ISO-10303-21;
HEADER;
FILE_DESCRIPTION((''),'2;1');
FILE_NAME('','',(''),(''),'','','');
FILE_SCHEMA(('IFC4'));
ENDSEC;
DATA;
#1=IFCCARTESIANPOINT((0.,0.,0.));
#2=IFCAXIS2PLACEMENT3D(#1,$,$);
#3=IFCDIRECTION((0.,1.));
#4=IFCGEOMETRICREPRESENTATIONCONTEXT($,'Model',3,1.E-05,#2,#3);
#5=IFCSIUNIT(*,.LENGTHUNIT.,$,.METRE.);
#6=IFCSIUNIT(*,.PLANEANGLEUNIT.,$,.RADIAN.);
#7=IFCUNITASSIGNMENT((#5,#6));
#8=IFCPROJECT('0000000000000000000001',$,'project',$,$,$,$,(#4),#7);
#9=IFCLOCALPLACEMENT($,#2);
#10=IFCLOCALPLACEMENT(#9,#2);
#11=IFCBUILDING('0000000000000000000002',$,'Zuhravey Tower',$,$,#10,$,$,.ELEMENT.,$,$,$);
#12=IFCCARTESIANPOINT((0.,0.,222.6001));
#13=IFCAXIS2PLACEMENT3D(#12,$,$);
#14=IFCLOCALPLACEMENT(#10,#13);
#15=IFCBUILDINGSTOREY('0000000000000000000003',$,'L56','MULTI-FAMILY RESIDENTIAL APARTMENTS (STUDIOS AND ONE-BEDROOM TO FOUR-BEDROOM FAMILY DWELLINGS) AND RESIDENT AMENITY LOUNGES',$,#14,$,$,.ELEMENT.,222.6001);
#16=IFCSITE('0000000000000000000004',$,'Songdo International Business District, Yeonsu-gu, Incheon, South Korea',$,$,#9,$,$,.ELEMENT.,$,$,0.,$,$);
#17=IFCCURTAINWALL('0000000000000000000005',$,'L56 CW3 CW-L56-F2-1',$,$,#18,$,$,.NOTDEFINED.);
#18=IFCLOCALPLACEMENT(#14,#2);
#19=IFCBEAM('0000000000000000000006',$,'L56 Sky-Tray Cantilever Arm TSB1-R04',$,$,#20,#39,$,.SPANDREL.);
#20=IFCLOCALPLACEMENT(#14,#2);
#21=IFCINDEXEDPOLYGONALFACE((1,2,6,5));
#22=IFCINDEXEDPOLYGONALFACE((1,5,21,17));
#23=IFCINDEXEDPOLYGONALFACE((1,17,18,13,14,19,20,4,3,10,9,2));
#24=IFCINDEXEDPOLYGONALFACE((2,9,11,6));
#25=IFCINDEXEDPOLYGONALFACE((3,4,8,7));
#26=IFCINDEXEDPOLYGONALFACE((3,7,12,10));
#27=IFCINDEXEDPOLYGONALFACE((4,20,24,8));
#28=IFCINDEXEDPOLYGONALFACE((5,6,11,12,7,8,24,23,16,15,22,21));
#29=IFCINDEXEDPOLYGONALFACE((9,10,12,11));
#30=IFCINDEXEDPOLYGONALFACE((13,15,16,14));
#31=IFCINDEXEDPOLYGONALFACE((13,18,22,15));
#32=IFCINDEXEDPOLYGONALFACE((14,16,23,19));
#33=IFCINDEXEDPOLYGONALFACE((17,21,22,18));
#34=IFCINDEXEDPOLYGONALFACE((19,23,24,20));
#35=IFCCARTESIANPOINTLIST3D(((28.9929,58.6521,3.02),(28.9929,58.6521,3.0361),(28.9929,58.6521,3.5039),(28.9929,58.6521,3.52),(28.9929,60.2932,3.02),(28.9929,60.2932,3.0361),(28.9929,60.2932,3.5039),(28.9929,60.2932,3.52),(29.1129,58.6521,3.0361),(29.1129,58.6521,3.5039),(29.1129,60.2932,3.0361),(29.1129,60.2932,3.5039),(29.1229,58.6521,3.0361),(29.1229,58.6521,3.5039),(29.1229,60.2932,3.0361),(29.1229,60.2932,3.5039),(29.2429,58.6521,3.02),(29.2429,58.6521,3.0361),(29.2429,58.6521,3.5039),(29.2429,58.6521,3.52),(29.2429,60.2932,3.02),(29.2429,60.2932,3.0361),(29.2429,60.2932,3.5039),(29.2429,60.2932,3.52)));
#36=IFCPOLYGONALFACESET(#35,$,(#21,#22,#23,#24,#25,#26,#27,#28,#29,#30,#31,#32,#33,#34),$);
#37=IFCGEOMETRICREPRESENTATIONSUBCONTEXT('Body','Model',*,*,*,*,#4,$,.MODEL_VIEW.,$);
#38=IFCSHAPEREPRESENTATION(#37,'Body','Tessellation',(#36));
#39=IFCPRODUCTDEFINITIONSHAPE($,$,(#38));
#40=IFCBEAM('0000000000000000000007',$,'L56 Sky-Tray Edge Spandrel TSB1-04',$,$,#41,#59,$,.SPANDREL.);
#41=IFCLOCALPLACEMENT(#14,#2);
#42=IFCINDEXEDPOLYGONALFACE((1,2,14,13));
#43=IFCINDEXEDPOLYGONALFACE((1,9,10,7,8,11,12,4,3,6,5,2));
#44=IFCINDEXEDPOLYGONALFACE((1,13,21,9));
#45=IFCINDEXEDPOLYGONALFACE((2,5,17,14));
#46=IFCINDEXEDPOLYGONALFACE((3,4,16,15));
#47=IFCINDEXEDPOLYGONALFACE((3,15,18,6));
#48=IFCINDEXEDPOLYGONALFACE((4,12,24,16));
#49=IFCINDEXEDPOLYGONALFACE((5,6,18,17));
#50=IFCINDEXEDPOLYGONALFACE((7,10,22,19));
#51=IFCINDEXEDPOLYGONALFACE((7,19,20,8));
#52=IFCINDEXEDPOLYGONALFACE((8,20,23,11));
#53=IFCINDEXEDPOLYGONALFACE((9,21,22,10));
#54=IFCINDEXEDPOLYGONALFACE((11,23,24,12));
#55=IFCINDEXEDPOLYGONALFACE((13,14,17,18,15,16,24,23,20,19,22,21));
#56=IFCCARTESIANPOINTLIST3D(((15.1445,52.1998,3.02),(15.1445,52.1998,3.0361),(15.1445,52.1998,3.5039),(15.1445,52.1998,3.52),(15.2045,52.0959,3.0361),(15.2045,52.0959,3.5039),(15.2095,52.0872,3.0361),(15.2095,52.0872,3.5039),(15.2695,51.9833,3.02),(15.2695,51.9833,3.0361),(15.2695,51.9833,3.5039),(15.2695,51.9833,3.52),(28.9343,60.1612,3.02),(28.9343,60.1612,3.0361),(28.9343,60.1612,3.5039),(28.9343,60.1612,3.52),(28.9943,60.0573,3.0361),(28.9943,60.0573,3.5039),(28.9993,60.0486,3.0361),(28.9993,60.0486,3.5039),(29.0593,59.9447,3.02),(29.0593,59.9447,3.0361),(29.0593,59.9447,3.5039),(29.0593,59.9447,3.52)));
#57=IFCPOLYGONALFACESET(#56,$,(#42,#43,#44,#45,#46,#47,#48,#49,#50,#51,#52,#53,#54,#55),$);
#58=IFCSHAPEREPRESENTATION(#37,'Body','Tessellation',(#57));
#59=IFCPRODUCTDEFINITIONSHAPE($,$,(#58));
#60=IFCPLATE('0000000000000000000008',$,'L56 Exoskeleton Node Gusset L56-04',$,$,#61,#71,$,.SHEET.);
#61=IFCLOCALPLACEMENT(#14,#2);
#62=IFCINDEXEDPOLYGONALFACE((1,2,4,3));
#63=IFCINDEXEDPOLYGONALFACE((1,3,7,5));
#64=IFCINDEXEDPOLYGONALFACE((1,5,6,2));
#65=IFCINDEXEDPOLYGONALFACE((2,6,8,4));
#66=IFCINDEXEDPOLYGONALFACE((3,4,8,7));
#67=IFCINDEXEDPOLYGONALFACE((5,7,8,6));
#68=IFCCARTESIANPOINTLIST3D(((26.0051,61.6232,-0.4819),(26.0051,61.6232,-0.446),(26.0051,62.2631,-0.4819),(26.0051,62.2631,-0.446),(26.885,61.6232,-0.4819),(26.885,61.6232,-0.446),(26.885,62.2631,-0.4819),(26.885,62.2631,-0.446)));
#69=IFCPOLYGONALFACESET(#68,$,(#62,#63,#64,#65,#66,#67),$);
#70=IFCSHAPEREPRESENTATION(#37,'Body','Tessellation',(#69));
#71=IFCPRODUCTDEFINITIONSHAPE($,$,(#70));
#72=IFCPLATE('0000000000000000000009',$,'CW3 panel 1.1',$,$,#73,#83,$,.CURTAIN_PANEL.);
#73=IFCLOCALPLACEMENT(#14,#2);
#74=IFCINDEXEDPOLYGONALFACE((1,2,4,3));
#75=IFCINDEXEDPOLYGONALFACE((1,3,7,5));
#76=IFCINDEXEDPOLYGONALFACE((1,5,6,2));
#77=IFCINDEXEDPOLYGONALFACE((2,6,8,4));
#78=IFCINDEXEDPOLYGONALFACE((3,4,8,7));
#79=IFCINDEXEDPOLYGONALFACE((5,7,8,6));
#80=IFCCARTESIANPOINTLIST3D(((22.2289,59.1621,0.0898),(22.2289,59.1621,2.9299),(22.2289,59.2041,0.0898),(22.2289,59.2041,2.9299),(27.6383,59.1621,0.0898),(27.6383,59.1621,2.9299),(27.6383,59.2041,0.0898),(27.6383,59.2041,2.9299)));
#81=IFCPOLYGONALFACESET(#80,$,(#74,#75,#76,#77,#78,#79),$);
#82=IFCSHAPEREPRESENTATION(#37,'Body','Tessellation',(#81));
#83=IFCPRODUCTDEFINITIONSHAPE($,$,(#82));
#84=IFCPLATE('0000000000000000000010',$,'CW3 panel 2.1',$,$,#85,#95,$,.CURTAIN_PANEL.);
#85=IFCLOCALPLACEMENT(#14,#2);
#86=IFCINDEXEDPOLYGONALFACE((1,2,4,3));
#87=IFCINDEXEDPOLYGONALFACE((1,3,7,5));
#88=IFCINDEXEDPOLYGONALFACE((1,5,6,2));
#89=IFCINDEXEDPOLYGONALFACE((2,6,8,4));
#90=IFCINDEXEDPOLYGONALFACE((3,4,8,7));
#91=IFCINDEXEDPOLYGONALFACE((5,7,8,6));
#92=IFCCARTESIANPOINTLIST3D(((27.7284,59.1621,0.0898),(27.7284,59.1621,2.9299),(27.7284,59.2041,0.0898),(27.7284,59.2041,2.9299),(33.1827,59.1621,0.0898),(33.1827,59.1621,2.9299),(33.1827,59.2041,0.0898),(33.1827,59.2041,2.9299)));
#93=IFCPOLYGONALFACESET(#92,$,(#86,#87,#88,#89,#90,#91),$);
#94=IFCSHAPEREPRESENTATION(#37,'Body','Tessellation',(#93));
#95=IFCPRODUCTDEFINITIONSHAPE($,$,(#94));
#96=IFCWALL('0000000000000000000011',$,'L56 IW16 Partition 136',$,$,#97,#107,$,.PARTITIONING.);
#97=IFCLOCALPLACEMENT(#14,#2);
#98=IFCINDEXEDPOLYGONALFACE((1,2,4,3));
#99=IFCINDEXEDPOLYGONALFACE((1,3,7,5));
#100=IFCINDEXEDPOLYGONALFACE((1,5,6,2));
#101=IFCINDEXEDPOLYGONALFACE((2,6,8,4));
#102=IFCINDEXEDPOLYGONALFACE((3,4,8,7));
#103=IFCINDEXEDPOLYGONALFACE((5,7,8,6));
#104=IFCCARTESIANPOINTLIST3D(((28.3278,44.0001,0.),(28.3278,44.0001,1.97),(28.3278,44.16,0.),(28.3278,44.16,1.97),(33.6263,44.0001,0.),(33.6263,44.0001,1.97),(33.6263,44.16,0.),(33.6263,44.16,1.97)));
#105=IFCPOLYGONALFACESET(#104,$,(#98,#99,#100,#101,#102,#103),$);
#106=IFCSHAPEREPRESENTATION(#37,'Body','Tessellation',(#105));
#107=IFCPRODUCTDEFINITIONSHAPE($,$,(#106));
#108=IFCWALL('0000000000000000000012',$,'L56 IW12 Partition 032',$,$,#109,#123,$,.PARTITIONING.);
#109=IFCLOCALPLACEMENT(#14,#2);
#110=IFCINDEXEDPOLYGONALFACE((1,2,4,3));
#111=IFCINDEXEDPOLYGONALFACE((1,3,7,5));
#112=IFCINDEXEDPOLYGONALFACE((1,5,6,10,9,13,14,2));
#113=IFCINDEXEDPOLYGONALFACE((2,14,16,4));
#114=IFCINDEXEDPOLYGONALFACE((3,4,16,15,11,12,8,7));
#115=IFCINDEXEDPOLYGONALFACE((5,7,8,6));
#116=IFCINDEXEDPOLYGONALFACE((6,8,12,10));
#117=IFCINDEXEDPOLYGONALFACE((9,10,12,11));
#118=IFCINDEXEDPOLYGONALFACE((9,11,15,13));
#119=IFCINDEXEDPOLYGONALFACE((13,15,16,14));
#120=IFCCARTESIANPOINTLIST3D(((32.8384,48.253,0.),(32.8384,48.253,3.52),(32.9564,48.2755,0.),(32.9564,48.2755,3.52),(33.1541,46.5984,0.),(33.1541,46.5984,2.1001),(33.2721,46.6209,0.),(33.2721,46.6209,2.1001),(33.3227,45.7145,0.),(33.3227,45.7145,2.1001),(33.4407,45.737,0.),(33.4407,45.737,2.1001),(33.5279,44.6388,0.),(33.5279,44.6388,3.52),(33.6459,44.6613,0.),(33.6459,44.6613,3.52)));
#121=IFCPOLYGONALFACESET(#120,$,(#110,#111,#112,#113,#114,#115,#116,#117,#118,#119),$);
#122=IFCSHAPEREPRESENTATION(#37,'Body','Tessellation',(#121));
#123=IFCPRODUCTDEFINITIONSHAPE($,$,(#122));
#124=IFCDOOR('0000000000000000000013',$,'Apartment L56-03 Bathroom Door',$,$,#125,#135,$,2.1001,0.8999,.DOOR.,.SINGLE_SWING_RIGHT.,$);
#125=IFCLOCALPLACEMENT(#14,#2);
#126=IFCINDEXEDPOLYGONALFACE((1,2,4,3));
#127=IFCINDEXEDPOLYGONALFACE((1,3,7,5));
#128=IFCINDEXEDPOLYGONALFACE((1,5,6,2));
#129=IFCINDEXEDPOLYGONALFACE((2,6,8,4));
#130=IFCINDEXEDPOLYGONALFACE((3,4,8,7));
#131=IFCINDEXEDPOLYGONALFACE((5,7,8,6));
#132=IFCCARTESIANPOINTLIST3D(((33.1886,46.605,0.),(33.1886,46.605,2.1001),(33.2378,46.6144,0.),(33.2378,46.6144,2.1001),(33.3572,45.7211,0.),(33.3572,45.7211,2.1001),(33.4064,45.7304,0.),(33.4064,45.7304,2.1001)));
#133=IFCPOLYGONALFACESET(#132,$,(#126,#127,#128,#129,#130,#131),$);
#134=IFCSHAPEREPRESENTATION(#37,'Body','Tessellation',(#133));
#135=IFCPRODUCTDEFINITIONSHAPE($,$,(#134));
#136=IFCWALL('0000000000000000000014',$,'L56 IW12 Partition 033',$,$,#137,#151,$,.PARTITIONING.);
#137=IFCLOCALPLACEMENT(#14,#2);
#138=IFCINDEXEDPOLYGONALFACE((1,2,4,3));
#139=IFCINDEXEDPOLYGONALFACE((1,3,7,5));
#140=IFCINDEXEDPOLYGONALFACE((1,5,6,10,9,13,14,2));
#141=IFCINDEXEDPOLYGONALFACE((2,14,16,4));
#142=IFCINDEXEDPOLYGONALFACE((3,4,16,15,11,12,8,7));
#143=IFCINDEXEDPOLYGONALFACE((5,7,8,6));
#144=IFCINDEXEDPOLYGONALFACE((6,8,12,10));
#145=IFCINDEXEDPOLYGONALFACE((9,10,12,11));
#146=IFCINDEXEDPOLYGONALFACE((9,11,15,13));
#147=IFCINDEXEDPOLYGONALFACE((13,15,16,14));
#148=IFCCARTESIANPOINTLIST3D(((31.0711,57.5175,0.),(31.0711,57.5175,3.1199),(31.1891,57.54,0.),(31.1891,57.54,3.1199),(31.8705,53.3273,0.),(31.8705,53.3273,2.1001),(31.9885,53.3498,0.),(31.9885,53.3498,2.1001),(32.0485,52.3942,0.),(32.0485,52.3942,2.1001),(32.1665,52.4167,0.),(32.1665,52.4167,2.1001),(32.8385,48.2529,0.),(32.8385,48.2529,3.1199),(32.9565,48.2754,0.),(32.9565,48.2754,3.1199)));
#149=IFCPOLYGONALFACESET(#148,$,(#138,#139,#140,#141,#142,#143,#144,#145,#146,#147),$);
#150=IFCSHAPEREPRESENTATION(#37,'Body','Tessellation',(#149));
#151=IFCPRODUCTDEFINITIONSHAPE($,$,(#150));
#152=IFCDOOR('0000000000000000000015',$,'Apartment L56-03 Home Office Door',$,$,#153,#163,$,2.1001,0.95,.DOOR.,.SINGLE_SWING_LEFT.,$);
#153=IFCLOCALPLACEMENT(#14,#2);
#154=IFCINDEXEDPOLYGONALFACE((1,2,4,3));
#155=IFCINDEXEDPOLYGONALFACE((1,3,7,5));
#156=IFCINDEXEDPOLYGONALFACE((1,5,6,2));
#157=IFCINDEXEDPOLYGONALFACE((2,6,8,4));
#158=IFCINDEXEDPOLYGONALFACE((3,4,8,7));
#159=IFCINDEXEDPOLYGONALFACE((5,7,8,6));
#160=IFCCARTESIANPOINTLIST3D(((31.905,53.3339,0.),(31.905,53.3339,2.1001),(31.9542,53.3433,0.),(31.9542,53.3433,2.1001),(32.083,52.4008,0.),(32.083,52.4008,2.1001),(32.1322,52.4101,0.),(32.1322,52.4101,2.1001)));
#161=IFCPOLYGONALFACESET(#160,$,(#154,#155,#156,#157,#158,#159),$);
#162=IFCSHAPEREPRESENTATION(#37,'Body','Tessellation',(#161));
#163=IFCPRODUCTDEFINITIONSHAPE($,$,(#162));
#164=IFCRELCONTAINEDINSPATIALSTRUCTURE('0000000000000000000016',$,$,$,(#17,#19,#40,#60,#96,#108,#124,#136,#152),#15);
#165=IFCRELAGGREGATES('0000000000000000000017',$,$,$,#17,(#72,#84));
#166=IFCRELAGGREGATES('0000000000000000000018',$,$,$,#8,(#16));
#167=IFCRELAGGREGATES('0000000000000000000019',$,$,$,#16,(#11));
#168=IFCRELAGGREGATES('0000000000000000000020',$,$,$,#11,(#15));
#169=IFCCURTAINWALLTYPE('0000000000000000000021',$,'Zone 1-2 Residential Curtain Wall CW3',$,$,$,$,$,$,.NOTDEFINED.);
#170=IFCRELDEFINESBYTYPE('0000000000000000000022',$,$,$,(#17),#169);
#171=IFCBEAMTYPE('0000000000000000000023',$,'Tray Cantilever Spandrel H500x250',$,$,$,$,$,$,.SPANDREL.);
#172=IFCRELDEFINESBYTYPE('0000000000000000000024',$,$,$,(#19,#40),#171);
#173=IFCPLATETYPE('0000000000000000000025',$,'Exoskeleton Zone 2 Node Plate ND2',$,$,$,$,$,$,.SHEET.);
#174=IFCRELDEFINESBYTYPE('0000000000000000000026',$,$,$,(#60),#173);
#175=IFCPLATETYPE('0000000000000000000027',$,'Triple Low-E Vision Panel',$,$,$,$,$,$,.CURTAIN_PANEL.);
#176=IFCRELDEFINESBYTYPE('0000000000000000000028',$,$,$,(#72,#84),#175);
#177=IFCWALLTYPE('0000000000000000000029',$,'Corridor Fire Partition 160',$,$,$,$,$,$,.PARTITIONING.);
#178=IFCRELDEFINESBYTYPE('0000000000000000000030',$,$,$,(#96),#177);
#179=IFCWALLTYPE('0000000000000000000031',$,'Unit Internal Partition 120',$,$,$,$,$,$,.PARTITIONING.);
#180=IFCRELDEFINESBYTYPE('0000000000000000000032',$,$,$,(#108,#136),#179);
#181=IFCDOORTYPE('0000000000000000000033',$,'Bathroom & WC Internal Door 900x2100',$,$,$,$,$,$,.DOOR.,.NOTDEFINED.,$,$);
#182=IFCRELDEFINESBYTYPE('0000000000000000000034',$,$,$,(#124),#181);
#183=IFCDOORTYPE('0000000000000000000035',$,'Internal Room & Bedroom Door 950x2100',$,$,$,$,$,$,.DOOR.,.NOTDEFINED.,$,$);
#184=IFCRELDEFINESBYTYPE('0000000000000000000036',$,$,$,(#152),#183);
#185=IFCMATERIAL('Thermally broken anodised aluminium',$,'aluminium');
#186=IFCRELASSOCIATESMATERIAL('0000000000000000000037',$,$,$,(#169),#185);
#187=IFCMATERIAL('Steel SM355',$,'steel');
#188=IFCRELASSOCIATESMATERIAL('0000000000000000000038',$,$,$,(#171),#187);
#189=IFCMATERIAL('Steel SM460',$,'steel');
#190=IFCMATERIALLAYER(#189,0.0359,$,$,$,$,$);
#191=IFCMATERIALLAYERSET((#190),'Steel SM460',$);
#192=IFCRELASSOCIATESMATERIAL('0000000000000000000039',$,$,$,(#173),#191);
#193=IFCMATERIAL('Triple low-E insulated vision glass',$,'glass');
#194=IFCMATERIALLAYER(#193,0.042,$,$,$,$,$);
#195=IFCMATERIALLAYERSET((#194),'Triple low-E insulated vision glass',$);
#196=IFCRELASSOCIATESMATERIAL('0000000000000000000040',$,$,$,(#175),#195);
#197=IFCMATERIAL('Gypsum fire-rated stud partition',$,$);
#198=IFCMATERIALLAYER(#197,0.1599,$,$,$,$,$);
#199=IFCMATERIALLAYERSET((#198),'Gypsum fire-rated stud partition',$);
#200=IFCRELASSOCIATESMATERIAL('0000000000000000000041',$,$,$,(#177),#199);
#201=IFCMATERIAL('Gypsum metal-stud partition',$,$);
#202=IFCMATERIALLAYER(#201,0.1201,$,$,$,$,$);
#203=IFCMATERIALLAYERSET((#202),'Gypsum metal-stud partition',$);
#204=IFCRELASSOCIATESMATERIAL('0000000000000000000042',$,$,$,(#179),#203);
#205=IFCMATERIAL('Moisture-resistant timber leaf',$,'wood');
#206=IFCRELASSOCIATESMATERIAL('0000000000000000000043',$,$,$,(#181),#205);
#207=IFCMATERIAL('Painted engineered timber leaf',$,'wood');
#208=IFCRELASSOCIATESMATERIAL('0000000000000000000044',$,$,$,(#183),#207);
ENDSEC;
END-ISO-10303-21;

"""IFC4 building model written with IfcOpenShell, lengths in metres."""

from ifc_helpers import new_model, si_unit, direction, frame, frame_2d, origin, origin_2d, place, context, subcontext, project, spatial, rectangle, i_section, extrude, material, layer, layer_set, material_profile, profile_set, type_object, element, fill, aggregate, save


model = new_model("IFC4")

# Units and contexts
model_context = context("Model", 3, precision=1e-05, world=origin(), true_north=direction((0.0, 1.0)))
body_context = subcontext(model_context, "Body", "Model", "MODEL_VIEW")
ifc_project = project(units=[si_unit("LENGTHUNIT", "METRE"), si_unit("PLANEANGLEUNIT", "RADIAN")], contexts=[model_context])

# Site, building, storey
site_placement = place(None, origin())
site = spatial("IfcSite", under=ifc_project, at=site_placement, Name="Songdo International Business District, Yeonsu-gu, Incheon, South Korea", CompositionType="ELEMENT", RefElevation=0.0)
building_placement = place(site_placement, origin())
building = spatial("IfcBuilding", under=site, at=building_placement, Name="Zuhravey Tower", CompositionType="ELEMENT")
storey_placement = place(building_placement, frame((0.0, 0.0, 222.6001)))
storey = spatial("IfcBuildingStorey", under=building, at=storey_placement, Name="L56", Description="MULTI-FAMILY RESIDENTIAL APARTMENTS (STUDIOS AND ONE-BEDROOM TO FOUR-BEDROOM FAMILY DWELLINGS) AND RESIDENT AMENITY LOUNGES", CompositionType="ELEMENT", Elevation=222.6001)

# Curtain wall
ifc_material_1 = material(Name="Thermally broken anodised aluminium", Category="aluminium")
curtain_wall_type = type_object("IfcCurtainWallType", Name="Zone 1-2 Residential Curtain Wall CW3", PredefinedType="NOTDEFINED", material=ifc_material_1)
curtain_wall_placement = place(storey_placement, origin())
curtain_wall = element("IfcCurtainWall", 1, at=curtain_wall_placement, inside=storey, type_object=curtain_wall_type, Name="L56 CW3 CW-L56-F2-1", PredefinedType="NOTDEFINED")

# Beams
ifc_material_2 = material(Name="Steel SM460", Category="steel")
ifc_material_3 = material(Name="Steel SM355", Category="steel")
ifc_material_profile_1 = material_profile(ifc_material_3, i_section(OverallWidth=0.25, OverallDepth=0.5, WebThickness=0.01, FlangeThickness=0.0161, at=origin_2d()), Name="H-500x250x10x16")
ifc_profile_set_1 = profile_set([ifc_material_profile_1], Name="Steel SM355")
beam_type_1 = type_object("IfcBeamType", Name="Tray Cantilever Spandrel H500x250", PredefinedType="SPANDREL", material=ifc_profile_set_1)
beam_1_placement = place(storey_placement, frame((29.1179, 58.6521, 3.27), z_axis=(0.0, 1.0, 0.0), x_axis=(-1.0, 0.0, 0.0)))
element("IfcBeam", 2, at=beam_1_placement, inside=storey, type_object=beam_type_1, Name="L56 Sky-Tray Cantilever Arm TSB1-R04", PredefinedType="SPANDREL", context=body_context, shape_type="SweptSolid", body=[
    extrude(i_section(OverallWidth=0.25, OverallDepth=0.5, WebThickness=0.01, FlangeThickness=0.0161, at=origin_2d()), origin(), (0.0, 0.0, 1.0), 1.6411),
])
beam_2_placement = place(storey_placement, frame((28.9968, 60.053, 3.27), z_axis=(-0.866029, -0.499995, 0.0), x_axis=(0.499995, -0.866029, 0.0)))
element("IfcBeam", 3, at=beam_2_placement, inside=storey, type_object=beam_type_1, Name="L56 Sky-Tray Edge Spandrel TSB1-04", PredefinedType="SPANDREL", context=body_context, shape_type="SweptSolid", body=[
    extrude(i_section(OverallWidth=0.25, OverallDepth=0.5, WebThickness=0.01, FlangeThickness=0.0161, at=origin_2d()), origin(), (0.0, 0.0, 1.0), 15.9231),
])

# Plates
ifc_layer_1 = layer(ifc_material_2, 0.0359)
ifc_layer_set_1 = layer_set([ifc_layer_1], Name="Steel SM460")
plate_type_1 = type_object("IfcPlateType", Name="Exoskeleton Zone 2 Node Plate ND2", PredefinedType="SHEET", material=ifc_layer_set_1)
plate_1_placement = place(storey_placement, frame((26.4451, 61.9431, -0.4819), z_axis=(0.0, 0.0, 1.0), x_axis=(-1.0, 0.0, 0.0)))
element("IfcPlate", 4, at=plate_1_placement, inside=storey, type_object=plate_type_1, Name="L56 Exoskeleton Node Gusset L56-04", PredefinedType="SHEET", context=body_context, shape_type="SweptSolid", body=[
    extrude(rectangle(XDim=0.8799, YDim=0.6399, at=origin_2d()), origin(), (0.0, 0.0, 1.0), 0.0359),
])
ifc_material_4 = material(Name="Triple low-E insulated vision glass", Category="glass")
ifc_layer_2 = layer(ifc_material_4, 0.042)
ifc_layer_set_2 = layer_set([ifc_layer_2], Name="Triple low-E insulated vision glass")
plate_type_2 = type_object("IfcPlateType", Name="Triple Low-E Vision Panel", PredefinedType="CURTAIN_PANEL", material=ifc_layer_set_2)
plate_2_placement = place(storey_placement, frame((24.9336, 59.1831, 0.0898), z_axis=(0.0, 0.0, 1.0), x_axis=(1.0, 0.0, 0.0)))
plate_2 = element("IfcPlate", 5, at=plate_2_placement, type_object=plate_type_2, Name="CW3 panel 1.1", PredefinedType="CURTAIN_PANEL", context=body_context, shape_type="SweptSolid", body=[
    extrude(rectangle(XDim=5.4094, YDim=0.042, at=origin_2d()), origin(), (0.0, 0.0, 1.0), 2.8401),
])
plate_3_placement = place(storey_placement, frame((30.4556, 59.1831, 0.0898), z_axis=(0.0, 0.0, 1.0), x_axis=(1.0, 0.0, 0.0)))
plate_3 = element("IfcPlate", 6, at=plate_3_placement, type_object=plate_type_2, Name="CW3 panel 2.1", PredefinedType="CURTAIN_PANEL", context=body_context, shape_type="SweptSolid", body=[
    extrude(rectangle(XDim=5.4543, YDim=0.042, at=origin_2d()), origin(), (0.0, 0.0, 1.0), 2.8401),
])
aggregate(curtain_wall, [plate_2, plate_3])

# Wall
ifc_material_5 = material(Name="Gypsum fire-rated stud partition")
ifc_layer_3 = layer(ifc_material_5, 0.1599)
ifc_layer_set_3 = layer_set([ifc_layer_3], Name="Gypsum fire-rated stud partition")
wall_type_1 = type_object("IfcWallType", Name="Corridor Fire Partition 160", PredefinedType="PARTITIONING", material=ifc_layer_set_3)
wall_1_placement = place(storey_placement, frame((33.6265, 44.0801, 0.0), z_axis=(0.0, 0.0, 1.0), x_axis=(-1.0, 0.0, 0.0)))
element("IfcWall", 7, at=wall_1_placement, inside=storey, type_object=wall_type_1, Name="L56 IW16 Partition 136", PredefinedType="PARTITIONING", context=body_context, shape_type="SweptSolid", body=[
    extrude(rectangle(XDim=5.2986, YDim=0.1599, at=frame_2d((2.6494, 0.0))), origin(), (0.0, 0.0, 1.0), 1.97),
])

# Walls, openings, doors
ifc_material_6 = material(Name="Gypsum metal-stud partition")
ifc_layer_4 = layer(ifc_material_6, 0.1201)
ifc_layer_set_4 = layer_set([ifc_layer_4], Name="Gypsum metal-stud partition")
wall_type_2 = type_object("IfcWallType", Name="Unit Internal Partition 120", PredefinedType="PARTITIONING", material=ifc_layer_set_4)
wall_2_placement = place(storey_placement, frame((33.5869, 44.6499, 0.0), z_axis=(0.0, 0.0, 1.0), x_axis=(-0.18738, 0.982287, 0.0)))
wall_2 = element("IfcWall", 8, at=wall_2_placement, inside=storey, type_object=wall_type_2, Name="L56 IW12 Partition 032", PredefinedType="PARTITIONING", context=body_context, shape_type="SweptSolid", body=[
    extrude(rectangle(XDim=3.6794, YDim=0.1201, at=frame_2d((1.8398, 0.0))), origin(), (0.0, 0.0, 1.0), 3.52),
])
opening_1_placement = place(wall_2_placement, frame((1.0952, 0.0, 0.0)))
opening_1 = element("IfcOpeningElement", 9, at=opening_1_placement, cuts=wall_2, PredefinedType="OPENING", context=body_context, shape_type="SweptSolid", body=[
    extrude(rectangle(XDim=0.8999, YDim=2.1001, at=frame_2d((0.45, 1.05))), frame((0.0, 0.072, 0.0), z_axis=(0.0, -1.0, 0.0), x_axis=(1.0, 0.0, 0.0)), (0.0, 0.0, 1.0), 0.144),
])
ifc_material_7 = material(Name="Moisture-resistant timber leaf", Category="wood")
door_type_1 = type_object("IfcDoorType", Name="Bathroom & WC Internal Door 900x2100", OperationType="NOTDEFINED", PredefinedType="DOOR", material=ifc_material_7)
door_1_placement = place(opening_1_placement, origin())
door_1 = element("IfcDoor", 10, at=door_1_placement, inside=storey, type_object=door_type_1, Name="Apartment L56-03 Bathroom Door", OperationType="SINGLE_SWING_RIGHT", OverallHeight=2.1001, OverallWidth=0.8999, PredefinedType="DOOR", context=body_context, shape_type="SweptSolid", body=[
    extrude(rectangle(XDim=0.8999, YDim=2.1001, at=frame_2d((0.45, 1.05))), frame((0.0, 0.0249, 0.0), z_axis=(0.0, -1.0, 0.0), x_axis=(1.0, 0.0, 0.0)), (0.0, 0.0, 1.0), 0.05),
])
fill(opening_1, door_1)
wall_3_placement = place(storey_placement, frame((32.8975, 48.2642, 0.0), z_axis=(0.0, 0.0, 1.0), x_axis=(-0.187382, 0.982287, 0.0)))
wall_3 = element("IfcWall", 11, at=wall_3_placement, inside=storey, type_object=wall_type_2, Name="L56 IW12 Partition 033", PredefinedType="PARTITIONING", context=body_context, shape_type="SweptSolid", body=[
    extrude(rectangle(XDim=9.4316, YDim=0.1201, at=frame_2d((4.7158, 0.0))), origin(), (0.0, 0.0, 1.0), 3.1199),
])
opening_2_placement = place(wall_3_placement, frame((4.2158, 0.0, 0.0)))
opening_2 = element("IfcOpeningElement", 12, at=opening_2_placement, cuts=wall_3, PredefinedType="OPENING", context=body_context, shape_type="SweptSolid", body=[
    extrude(rectangle(XDim=0.95, YDim=2.1001, at=frame_2d((0.4751, 1.05))), frame((0.0, 0.072, 0.0), z_axis=(0.0, -1.0, 0.0), x_axis=(1.0, 0.0, 0.0)), (0.0, 0.0, 1.0), 0.144),
])
ifc_material_8 = material(Name="Painted engineered timber leaf", Category="wood")
door_type_2 = type_object("IfcDoorType", Name="Internal Room & Bedroom Door 950x2100", OperationType="NOTDEFINED", PredefinedType="DOOR", material=ifc_material_8)
door_2_placement = place(opening_2_placement, origin())
door_2 = element("IfcDoor", 13, at=door_2_placement, inside=storey, type_object=door_type_2, Name="Apartment L56-03 Home Office Door", OperationType="SINGLE_SWING_LEFT", OverallHeight=2.1001, OverallWidth=0.95, PredefinedType="DOOR", context=body_context, shape_type="SweptSolid", body=[
    extrude(rectangle(XDim=0.95, YDim=2.1001, at=frame_2d((0.4751, 1.05))), frame((0.0, 0.0249, 0.0), z_axis=(0.0, -1.0, 0.0), x_axis=(1.0, 0.0, 0.0)), (0.0, 0.0, 1.0), 0.05),
])
fill(opening_2, door_2)

save(model, "model.ifc")
